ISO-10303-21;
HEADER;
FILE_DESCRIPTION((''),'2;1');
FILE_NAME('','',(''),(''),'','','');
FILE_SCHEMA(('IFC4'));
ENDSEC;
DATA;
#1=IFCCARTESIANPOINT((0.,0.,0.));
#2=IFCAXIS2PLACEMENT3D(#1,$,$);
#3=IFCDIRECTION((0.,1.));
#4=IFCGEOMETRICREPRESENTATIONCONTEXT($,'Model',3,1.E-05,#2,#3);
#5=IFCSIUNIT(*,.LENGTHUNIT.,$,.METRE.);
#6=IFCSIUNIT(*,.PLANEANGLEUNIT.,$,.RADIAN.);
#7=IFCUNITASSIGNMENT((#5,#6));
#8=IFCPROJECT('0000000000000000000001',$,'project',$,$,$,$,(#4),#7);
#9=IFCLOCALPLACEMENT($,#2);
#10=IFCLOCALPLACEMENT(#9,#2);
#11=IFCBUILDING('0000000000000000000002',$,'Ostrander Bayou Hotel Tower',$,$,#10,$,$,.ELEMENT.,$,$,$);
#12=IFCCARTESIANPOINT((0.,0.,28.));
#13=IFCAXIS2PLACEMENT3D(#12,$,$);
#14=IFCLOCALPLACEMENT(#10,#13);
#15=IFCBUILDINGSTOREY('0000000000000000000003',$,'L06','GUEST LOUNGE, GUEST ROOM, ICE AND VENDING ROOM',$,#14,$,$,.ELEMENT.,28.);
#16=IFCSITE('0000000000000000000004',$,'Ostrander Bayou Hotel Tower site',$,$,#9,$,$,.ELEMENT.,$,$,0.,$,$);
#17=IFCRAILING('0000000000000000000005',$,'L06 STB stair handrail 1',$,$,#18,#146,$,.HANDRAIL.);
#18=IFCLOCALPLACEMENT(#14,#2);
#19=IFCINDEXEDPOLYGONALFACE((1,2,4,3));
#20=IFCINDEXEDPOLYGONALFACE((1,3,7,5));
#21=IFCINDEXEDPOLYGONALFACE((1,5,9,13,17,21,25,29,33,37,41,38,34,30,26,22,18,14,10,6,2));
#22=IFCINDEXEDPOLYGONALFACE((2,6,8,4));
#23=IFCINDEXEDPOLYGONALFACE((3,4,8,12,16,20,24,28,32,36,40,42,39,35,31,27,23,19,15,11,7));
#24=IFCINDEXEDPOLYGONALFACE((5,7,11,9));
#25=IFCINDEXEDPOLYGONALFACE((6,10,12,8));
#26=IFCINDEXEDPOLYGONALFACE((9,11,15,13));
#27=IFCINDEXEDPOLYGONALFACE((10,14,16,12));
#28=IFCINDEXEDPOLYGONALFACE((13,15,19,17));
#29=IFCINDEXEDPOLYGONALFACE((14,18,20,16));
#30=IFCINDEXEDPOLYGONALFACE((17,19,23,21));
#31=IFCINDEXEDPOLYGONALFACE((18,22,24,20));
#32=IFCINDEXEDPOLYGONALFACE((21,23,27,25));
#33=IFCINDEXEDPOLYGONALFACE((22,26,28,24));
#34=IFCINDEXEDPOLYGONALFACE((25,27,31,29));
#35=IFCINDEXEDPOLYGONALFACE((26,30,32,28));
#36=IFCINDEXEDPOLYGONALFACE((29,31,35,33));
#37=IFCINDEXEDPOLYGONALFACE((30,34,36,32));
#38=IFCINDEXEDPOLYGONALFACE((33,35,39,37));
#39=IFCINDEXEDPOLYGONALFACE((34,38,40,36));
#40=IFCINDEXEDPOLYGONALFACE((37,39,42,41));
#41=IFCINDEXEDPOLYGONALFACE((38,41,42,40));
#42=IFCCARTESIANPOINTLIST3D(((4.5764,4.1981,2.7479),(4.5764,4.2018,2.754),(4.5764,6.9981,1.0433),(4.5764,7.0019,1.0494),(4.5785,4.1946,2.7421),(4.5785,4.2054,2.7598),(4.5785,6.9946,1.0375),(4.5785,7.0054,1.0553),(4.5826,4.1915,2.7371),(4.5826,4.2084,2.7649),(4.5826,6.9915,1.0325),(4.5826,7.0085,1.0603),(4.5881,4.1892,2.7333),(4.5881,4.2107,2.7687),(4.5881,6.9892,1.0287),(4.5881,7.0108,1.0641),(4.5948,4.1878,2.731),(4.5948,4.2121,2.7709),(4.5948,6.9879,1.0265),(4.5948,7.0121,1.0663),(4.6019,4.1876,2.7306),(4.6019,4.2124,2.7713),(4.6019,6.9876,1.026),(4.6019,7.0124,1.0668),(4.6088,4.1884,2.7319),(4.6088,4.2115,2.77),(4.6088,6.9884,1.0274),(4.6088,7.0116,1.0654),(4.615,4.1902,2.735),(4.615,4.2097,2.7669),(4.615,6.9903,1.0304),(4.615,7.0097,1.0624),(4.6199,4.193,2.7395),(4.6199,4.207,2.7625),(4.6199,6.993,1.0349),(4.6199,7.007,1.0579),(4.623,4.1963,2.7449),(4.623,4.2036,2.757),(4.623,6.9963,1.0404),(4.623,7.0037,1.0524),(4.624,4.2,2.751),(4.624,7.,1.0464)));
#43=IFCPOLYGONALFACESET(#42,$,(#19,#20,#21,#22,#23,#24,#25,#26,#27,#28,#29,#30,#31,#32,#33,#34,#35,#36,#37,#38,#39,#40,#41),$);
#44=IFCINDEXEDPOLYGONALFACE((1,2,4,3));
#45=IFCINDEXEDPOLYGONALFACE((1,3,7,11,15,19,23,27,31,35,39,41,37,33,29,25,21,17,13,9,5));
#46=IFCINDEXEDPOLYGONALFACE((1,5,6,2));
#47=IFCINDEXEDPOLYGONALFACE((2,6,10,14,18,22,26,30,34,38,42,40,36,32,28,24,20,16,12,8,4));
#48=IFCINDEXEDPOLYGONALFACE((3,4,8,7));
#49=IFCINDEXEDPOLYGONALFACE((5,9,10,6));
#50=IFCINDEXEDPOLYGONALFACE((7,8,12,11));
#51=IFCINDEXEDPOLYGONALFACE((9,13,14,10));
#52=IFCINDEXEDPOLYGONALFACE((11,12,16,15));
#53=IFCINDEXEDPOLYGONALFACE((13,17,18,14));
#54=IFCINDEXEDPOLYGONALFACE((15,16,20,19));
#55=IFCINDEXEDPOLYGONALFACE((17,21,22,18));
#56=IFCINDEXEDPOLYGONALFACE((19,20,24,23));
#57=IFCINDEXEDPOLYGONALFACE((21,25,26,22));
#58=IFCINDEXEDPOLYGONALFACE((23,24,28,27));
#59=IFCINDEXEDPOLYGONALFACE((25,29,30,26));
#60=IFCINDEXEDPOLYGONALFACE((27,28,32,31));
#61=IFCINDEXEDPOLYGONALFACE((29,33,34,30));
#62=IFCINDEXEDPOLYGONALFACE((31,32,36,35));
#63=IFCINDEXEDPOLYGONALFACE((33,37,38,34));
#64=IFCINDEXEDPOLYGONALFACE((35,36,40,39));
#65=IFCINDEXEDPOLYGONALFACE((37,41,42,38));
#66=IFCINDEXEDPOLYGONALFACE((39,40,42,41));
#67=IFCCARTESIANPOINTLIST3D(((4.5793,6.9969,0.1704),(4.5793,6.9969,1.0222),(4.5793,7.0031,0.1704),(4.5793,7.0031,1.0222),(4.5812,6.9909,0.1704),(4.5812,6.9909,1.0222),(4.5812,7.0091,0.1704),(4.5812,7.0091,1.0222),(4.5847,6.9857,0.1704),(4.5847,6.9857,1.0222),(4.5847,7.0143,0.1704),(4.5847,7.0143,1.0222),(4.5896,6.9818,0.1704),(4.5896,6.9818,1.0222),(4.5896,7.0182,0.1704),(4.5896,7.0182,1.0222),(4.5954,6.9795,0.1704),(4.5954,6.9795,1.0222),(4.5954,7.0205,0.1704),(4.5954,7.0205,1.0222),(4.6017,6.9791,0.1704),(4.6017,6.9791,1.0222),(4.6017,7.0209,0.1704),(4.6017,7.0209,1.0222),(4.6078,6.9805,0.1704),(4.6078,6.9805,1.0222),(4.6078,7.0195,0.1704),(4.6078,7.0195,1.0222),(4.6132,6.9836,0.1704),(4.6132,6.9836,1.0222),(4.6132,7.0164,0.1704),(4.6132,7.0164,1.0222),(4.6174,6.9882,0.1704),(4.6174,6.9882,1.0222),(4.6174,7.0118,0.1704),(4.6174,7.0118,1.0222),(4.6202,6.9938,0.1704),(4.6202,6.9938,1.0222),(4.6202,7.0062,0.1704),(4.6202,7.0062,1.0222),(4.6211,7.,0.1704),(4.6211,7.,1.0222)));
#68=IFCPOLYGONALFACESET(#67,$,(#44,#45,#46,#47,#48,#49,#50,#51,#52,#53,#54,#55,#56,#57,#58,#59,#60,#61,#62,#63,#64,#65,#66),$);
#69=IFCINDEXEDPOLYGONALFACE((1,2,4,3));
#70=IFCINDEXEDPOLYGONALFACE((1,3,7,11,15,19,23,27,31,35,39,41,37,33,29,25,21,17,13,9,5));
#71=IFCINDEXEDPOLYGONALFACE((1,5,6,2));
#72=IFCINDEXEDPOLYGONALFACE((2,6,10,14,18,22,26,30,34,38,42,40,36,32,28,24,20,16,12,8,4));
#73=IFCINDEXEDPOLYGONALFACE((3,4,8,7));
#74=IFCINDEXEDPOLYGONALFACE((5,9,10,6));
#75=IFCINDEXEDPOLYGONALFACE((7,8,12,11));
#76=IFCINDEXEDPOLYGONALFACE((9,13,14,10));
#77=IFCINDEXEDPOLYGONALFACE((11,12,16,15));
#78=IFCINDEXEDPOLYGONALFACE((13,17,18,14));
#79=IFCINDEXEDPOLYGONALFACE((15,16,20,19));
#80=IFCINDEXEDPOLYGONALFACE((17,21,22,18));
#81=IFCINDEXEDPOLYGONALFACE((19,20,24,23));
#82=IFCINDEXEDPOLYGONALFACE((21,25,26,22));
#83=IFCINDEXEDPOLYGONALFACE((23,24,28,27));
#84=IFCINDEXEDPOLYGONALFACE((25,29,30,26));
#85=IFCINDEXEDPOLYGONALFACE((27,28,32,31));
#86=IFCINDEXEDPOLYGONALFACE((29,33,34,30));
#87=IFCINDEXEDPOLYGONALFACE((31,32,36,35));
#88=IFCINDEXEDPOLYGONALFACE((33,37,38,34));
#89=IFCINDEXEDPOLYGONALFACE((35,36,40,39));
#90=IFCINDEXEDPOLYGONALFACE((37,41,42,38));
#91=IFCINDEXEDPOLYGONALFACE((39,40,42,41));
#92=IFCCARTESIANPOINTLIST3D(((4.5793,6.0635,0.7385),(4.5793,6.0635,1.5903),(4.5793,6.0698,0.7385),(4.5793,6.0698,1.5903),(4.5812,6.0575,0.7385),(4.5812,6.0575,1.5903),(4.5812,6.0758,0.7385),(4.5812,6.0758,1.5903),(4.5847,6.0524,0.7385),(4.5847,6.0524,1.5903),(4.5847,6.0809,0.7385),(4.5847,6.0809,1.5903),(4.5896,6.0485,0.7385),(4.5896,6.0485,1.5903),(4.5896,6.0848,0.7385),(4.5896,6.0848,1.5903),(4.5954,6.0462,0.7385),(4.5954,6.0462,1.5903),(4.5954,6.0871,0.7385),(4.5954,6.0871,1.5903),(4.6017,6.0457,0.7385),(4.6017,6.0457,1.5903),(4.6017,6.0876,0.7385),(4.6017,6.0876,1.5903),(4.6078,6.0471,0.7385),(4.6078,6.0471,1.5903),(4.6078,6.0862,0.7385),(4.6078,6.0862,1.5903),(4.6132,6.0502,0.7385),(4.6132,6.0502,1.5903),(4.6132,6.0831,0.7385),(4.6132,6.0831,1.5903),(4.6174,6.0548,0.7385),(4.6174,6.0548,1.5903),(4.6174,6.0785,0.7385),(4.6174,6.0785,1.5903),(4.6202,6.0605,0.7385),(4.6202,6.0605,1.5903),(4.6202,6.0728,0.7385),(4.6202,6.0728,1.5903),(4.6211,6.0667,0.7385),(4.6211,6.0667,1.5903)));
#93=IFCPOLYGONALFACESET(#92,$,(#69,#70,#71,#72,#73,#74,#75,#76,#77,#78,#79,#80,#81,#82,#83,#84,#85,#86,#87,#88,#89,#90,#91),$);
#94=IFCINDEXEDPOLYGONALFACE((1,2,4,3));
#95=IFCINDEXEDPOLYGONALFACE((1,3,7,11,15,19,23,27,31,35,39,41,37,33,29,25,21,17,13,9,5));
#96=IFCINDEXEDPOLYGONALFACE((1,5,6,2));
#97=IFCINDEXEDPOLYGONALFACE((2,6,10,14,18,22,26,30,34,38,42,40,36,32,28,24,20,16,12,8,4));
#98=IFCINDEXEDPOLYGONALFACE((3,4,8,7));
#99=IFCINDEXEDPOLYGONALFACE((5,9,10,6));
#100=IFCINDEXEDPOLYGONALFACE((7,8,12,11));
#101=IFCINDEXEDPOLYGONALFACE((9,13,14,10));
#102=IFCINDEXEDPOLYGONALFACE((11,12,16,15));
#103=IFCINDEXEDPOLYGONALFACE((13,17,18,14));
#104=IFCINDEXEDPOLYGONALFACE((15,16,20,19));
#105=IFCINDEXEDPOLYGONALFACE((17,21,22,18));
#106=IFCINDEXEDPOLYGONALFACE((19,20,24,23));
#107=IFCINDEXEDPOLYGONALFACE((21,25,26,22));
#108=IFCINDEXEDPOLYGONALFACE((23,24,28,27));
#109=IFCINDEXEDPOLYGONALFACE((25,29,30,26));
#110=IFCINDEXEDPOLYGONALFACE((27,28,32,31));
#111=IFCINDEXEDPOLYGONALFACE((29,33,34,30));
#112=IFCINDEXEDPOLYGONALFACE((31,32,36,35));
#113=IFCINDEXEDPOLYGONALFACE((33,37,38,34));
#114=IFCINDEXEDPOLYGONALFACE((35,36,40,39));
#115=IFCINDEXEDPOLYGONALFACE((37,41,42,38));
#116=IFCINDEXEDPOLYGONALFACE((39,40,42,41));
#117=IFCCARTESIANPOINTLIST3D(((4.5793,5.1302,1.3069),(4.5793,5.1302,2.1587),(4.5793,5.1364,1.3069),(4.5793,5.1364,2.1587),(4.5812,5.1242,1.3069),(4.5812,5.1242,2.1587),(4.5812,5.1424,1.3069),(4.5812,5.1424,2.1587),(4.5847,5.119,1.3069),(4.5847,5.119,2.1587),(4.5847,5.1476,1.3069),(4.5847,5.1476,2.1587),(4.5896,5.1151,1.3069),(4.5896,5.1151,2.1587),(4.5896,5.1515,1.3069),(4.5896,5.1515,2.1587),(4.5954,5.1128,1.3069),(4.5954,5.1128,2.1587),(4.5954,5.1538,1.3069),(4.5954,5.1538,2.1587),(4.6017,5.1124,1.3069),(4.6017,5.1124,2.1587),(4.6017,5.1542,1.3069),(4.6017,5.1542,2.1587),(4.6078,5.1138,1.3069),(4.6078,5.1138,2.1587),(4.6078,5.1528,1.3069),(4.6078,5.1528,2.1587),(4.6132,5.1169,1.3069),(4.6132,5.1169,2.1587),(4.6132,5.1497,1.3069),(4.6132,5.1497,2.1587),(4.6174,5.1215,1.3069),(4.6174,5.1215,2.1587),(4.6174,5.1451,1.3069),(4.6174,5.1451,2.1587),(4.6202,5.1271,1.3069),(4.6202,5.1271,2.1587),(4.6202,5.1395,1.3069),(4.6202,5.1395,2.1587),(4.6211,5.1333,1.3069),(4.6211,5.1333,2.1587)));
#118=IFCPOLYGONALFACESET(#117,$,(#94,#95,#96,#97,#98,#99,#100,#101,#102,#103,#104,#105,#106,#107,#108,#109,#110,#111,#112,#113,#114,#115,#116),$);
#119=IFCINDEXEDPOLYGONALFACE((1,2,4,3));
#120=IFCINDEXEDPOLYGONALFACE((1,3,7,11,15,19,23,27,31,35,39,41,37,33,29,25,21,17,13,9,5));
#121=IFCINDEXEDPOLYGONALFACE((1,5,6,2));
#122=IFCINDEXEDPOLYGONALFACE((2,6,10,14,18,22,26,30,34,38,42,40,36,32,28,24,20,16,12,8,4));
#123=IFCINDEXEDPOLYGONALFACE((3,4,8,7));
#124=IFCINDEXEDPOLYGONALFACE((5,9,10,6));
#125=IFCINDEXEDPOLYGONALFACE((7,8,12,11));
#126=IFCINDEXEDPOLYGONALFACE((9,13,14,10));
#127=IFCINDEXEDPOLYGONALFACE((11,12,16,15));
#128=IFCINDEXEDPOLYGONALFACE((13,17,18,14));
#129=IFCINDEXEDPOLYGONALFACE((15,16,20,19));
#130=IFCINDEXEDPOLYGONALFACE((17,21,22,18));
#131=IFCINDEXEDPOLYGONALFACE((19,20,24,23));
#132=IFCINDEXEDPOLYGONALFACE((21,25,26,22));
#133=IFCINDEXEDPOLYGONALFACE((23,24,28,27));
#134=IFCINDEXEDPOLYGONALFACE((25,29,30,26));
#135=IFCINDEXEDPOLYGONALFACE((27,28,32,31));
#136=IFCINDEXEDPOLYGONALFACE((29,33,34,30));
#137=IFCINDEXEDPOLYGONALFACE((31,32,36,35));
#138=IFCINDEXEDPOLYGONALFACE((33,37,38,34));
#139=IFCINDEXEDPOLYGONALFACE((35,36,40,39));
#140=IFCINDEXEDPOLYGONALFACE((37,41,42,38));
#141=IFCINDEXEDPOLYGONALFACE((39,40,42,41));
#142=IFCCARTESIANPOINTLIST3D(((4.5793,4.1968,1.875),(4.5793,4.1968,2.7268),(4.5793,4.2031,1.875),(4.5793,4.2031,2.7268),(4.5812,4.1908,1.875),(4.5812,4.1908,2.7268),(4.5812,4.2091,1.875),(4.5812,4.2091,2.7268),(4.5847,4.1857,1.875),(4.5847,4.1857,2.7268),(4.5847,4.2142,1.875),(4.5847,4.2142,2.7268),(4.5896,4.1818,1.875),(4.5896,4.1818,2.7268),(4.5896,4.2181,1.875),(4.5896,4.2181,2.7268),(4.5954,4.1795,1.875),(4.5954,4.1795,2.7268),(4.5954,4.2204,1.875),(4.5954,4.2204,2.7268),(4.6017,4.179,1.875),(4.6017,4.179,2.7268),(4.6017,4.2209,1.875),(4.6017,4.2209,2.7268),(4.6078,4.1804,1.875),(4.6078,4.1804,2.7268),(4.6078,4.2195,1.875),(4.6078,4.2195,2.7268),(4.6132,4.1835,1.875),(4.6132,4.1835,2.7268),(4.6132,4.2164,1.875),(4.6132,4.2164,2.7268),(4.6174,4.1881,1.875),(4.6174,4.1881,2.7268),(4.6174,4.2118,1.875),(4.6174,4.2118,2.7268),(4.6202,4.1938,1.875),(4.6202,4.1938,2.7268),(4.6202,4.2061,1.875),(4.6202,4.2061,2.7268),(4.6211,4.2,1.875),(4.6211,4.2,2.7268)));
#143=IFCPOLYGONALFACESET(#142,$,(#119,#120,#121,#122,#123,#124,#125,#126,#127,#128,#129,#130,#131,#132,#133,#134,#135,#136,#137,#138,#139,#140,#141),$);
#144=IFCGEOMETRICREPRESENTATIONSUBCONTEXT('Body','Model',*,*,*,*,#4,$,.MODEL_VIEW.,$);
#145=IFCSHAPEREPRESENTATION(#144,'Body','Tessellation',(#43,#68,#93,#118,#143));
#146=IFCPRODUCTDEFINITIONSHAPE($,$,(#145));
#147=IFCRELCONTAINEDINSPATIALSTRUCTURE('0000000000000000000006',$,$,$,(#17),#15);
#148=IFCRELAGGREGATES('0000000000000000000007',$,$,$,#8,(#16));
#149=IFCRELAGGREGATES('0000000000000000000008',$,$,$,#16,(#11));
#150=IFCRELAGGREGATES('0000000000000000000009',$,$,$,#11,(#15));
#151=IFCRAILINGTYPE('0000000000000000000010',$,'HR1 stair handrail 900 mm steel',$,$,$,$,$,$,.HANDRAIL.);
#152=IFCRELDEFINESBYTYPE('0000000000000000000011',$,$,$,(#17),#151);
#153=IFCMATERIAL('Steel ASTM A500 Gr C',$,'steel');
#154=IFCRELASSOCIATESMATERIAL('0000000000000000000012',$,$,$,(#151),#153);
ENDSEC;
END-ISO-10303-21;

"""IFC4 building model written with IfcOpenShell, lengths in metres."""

from ifc_helpers import new_model, si_unit, direction, frame, origin, origin_2d, place, context, subcontext, project, spatial, circle, extrude, material, type_object, element, save


model = new_model("IFC4")

# Units and contexts
model_context = context("Model", 3, precision=1e-05, world=origin(), true_north=direction((0.0, 1.0)))
body_context = subcontext(model_context, "Body", "Model", "MODEL_VIEW")
ifc_project = project(units=[si_unit("LENGTHUNIT", "METRE"), si_unit("PLANEANGLEUNIT", "RADIAN")], contexts=[model_context])

# Site, building, storey
site_placement = place(None, origin())
site = spatial("IfcSite", under=ifc_project, at=site_placement, Name="Ostrander Bayou Hotel Tower site", CompositionType="ELEMENT", RefElevation=0.0)
building_placement = place(site_placement, origin())
building = spatial("IfcBuilding", under=site, at=building_placement, Name="Ostrander Bayou Hotel Tower", CompositionType="ELEMENT")
storey_placement = place(building_placement, frame((0.0, 0.0, 28.0)))
storey = spatial("IfcBuildingStorey", under=building, at=storey_placement, Name="L06", Description="GUEST LOUNGE, GUEST ROOM, ICE AND VENDING ROOM", CompositionType="ELEMENT", Elevation=28.0)

# Railing
ifc_material_1 = material(Name="Steel ASTM A500 Gr C", Category="steel")
railing_type_1 = type_object("IfcRailingType", Name="HR1 stair handrail 900 mm steel", PredefinedType="HANDRAIL", material=ifc_material_1)
railing_1_placement = place(storey_placement, frame((4.6001, 7.0, 0.1704)))
element("IfcRailing", 1, at=railing_1_placement, inside=storey, type_object=railing_type_1, Name="L06 STB stair handrail 1", PredefinedType="HANDRAIL", context=body_context, shape_type="SweptSolid", body=[
    extrude(circle(Radius=0.0239, at=origin_2d()), frame((0.0, 0.0, 0.876), z_axis=(0.0, -0.85417, 0.519994), x_axis=(1.0, 0.0, 0.0)), (0.0, 0.0, 1.0), 3.2781),
    extrude(circle(Radius=0.021, at=origin_2d()), origin(), (0.0, 0.0, 1.0), 0.8518),
    extrude(circle(Radius=0.021, at=origin_2d()), frame((0.0, -0.9333, 0.5681)), (0.0, 0.0, 1.0), 0.8518),
    extrude(circle(Radius=0.021, at=origin_2d()), frame((0.0, -1.8667, 1.1365)), (0.0, 0.0, 1.0), 0.8518),
    extrude(circle(Radius=0.021, at=origin_2d()), frame((0.0, -2.8, 1.7046)), (0.0, 0.0, 1.0), 0.8518),
])

save(model, "model.ifc")
